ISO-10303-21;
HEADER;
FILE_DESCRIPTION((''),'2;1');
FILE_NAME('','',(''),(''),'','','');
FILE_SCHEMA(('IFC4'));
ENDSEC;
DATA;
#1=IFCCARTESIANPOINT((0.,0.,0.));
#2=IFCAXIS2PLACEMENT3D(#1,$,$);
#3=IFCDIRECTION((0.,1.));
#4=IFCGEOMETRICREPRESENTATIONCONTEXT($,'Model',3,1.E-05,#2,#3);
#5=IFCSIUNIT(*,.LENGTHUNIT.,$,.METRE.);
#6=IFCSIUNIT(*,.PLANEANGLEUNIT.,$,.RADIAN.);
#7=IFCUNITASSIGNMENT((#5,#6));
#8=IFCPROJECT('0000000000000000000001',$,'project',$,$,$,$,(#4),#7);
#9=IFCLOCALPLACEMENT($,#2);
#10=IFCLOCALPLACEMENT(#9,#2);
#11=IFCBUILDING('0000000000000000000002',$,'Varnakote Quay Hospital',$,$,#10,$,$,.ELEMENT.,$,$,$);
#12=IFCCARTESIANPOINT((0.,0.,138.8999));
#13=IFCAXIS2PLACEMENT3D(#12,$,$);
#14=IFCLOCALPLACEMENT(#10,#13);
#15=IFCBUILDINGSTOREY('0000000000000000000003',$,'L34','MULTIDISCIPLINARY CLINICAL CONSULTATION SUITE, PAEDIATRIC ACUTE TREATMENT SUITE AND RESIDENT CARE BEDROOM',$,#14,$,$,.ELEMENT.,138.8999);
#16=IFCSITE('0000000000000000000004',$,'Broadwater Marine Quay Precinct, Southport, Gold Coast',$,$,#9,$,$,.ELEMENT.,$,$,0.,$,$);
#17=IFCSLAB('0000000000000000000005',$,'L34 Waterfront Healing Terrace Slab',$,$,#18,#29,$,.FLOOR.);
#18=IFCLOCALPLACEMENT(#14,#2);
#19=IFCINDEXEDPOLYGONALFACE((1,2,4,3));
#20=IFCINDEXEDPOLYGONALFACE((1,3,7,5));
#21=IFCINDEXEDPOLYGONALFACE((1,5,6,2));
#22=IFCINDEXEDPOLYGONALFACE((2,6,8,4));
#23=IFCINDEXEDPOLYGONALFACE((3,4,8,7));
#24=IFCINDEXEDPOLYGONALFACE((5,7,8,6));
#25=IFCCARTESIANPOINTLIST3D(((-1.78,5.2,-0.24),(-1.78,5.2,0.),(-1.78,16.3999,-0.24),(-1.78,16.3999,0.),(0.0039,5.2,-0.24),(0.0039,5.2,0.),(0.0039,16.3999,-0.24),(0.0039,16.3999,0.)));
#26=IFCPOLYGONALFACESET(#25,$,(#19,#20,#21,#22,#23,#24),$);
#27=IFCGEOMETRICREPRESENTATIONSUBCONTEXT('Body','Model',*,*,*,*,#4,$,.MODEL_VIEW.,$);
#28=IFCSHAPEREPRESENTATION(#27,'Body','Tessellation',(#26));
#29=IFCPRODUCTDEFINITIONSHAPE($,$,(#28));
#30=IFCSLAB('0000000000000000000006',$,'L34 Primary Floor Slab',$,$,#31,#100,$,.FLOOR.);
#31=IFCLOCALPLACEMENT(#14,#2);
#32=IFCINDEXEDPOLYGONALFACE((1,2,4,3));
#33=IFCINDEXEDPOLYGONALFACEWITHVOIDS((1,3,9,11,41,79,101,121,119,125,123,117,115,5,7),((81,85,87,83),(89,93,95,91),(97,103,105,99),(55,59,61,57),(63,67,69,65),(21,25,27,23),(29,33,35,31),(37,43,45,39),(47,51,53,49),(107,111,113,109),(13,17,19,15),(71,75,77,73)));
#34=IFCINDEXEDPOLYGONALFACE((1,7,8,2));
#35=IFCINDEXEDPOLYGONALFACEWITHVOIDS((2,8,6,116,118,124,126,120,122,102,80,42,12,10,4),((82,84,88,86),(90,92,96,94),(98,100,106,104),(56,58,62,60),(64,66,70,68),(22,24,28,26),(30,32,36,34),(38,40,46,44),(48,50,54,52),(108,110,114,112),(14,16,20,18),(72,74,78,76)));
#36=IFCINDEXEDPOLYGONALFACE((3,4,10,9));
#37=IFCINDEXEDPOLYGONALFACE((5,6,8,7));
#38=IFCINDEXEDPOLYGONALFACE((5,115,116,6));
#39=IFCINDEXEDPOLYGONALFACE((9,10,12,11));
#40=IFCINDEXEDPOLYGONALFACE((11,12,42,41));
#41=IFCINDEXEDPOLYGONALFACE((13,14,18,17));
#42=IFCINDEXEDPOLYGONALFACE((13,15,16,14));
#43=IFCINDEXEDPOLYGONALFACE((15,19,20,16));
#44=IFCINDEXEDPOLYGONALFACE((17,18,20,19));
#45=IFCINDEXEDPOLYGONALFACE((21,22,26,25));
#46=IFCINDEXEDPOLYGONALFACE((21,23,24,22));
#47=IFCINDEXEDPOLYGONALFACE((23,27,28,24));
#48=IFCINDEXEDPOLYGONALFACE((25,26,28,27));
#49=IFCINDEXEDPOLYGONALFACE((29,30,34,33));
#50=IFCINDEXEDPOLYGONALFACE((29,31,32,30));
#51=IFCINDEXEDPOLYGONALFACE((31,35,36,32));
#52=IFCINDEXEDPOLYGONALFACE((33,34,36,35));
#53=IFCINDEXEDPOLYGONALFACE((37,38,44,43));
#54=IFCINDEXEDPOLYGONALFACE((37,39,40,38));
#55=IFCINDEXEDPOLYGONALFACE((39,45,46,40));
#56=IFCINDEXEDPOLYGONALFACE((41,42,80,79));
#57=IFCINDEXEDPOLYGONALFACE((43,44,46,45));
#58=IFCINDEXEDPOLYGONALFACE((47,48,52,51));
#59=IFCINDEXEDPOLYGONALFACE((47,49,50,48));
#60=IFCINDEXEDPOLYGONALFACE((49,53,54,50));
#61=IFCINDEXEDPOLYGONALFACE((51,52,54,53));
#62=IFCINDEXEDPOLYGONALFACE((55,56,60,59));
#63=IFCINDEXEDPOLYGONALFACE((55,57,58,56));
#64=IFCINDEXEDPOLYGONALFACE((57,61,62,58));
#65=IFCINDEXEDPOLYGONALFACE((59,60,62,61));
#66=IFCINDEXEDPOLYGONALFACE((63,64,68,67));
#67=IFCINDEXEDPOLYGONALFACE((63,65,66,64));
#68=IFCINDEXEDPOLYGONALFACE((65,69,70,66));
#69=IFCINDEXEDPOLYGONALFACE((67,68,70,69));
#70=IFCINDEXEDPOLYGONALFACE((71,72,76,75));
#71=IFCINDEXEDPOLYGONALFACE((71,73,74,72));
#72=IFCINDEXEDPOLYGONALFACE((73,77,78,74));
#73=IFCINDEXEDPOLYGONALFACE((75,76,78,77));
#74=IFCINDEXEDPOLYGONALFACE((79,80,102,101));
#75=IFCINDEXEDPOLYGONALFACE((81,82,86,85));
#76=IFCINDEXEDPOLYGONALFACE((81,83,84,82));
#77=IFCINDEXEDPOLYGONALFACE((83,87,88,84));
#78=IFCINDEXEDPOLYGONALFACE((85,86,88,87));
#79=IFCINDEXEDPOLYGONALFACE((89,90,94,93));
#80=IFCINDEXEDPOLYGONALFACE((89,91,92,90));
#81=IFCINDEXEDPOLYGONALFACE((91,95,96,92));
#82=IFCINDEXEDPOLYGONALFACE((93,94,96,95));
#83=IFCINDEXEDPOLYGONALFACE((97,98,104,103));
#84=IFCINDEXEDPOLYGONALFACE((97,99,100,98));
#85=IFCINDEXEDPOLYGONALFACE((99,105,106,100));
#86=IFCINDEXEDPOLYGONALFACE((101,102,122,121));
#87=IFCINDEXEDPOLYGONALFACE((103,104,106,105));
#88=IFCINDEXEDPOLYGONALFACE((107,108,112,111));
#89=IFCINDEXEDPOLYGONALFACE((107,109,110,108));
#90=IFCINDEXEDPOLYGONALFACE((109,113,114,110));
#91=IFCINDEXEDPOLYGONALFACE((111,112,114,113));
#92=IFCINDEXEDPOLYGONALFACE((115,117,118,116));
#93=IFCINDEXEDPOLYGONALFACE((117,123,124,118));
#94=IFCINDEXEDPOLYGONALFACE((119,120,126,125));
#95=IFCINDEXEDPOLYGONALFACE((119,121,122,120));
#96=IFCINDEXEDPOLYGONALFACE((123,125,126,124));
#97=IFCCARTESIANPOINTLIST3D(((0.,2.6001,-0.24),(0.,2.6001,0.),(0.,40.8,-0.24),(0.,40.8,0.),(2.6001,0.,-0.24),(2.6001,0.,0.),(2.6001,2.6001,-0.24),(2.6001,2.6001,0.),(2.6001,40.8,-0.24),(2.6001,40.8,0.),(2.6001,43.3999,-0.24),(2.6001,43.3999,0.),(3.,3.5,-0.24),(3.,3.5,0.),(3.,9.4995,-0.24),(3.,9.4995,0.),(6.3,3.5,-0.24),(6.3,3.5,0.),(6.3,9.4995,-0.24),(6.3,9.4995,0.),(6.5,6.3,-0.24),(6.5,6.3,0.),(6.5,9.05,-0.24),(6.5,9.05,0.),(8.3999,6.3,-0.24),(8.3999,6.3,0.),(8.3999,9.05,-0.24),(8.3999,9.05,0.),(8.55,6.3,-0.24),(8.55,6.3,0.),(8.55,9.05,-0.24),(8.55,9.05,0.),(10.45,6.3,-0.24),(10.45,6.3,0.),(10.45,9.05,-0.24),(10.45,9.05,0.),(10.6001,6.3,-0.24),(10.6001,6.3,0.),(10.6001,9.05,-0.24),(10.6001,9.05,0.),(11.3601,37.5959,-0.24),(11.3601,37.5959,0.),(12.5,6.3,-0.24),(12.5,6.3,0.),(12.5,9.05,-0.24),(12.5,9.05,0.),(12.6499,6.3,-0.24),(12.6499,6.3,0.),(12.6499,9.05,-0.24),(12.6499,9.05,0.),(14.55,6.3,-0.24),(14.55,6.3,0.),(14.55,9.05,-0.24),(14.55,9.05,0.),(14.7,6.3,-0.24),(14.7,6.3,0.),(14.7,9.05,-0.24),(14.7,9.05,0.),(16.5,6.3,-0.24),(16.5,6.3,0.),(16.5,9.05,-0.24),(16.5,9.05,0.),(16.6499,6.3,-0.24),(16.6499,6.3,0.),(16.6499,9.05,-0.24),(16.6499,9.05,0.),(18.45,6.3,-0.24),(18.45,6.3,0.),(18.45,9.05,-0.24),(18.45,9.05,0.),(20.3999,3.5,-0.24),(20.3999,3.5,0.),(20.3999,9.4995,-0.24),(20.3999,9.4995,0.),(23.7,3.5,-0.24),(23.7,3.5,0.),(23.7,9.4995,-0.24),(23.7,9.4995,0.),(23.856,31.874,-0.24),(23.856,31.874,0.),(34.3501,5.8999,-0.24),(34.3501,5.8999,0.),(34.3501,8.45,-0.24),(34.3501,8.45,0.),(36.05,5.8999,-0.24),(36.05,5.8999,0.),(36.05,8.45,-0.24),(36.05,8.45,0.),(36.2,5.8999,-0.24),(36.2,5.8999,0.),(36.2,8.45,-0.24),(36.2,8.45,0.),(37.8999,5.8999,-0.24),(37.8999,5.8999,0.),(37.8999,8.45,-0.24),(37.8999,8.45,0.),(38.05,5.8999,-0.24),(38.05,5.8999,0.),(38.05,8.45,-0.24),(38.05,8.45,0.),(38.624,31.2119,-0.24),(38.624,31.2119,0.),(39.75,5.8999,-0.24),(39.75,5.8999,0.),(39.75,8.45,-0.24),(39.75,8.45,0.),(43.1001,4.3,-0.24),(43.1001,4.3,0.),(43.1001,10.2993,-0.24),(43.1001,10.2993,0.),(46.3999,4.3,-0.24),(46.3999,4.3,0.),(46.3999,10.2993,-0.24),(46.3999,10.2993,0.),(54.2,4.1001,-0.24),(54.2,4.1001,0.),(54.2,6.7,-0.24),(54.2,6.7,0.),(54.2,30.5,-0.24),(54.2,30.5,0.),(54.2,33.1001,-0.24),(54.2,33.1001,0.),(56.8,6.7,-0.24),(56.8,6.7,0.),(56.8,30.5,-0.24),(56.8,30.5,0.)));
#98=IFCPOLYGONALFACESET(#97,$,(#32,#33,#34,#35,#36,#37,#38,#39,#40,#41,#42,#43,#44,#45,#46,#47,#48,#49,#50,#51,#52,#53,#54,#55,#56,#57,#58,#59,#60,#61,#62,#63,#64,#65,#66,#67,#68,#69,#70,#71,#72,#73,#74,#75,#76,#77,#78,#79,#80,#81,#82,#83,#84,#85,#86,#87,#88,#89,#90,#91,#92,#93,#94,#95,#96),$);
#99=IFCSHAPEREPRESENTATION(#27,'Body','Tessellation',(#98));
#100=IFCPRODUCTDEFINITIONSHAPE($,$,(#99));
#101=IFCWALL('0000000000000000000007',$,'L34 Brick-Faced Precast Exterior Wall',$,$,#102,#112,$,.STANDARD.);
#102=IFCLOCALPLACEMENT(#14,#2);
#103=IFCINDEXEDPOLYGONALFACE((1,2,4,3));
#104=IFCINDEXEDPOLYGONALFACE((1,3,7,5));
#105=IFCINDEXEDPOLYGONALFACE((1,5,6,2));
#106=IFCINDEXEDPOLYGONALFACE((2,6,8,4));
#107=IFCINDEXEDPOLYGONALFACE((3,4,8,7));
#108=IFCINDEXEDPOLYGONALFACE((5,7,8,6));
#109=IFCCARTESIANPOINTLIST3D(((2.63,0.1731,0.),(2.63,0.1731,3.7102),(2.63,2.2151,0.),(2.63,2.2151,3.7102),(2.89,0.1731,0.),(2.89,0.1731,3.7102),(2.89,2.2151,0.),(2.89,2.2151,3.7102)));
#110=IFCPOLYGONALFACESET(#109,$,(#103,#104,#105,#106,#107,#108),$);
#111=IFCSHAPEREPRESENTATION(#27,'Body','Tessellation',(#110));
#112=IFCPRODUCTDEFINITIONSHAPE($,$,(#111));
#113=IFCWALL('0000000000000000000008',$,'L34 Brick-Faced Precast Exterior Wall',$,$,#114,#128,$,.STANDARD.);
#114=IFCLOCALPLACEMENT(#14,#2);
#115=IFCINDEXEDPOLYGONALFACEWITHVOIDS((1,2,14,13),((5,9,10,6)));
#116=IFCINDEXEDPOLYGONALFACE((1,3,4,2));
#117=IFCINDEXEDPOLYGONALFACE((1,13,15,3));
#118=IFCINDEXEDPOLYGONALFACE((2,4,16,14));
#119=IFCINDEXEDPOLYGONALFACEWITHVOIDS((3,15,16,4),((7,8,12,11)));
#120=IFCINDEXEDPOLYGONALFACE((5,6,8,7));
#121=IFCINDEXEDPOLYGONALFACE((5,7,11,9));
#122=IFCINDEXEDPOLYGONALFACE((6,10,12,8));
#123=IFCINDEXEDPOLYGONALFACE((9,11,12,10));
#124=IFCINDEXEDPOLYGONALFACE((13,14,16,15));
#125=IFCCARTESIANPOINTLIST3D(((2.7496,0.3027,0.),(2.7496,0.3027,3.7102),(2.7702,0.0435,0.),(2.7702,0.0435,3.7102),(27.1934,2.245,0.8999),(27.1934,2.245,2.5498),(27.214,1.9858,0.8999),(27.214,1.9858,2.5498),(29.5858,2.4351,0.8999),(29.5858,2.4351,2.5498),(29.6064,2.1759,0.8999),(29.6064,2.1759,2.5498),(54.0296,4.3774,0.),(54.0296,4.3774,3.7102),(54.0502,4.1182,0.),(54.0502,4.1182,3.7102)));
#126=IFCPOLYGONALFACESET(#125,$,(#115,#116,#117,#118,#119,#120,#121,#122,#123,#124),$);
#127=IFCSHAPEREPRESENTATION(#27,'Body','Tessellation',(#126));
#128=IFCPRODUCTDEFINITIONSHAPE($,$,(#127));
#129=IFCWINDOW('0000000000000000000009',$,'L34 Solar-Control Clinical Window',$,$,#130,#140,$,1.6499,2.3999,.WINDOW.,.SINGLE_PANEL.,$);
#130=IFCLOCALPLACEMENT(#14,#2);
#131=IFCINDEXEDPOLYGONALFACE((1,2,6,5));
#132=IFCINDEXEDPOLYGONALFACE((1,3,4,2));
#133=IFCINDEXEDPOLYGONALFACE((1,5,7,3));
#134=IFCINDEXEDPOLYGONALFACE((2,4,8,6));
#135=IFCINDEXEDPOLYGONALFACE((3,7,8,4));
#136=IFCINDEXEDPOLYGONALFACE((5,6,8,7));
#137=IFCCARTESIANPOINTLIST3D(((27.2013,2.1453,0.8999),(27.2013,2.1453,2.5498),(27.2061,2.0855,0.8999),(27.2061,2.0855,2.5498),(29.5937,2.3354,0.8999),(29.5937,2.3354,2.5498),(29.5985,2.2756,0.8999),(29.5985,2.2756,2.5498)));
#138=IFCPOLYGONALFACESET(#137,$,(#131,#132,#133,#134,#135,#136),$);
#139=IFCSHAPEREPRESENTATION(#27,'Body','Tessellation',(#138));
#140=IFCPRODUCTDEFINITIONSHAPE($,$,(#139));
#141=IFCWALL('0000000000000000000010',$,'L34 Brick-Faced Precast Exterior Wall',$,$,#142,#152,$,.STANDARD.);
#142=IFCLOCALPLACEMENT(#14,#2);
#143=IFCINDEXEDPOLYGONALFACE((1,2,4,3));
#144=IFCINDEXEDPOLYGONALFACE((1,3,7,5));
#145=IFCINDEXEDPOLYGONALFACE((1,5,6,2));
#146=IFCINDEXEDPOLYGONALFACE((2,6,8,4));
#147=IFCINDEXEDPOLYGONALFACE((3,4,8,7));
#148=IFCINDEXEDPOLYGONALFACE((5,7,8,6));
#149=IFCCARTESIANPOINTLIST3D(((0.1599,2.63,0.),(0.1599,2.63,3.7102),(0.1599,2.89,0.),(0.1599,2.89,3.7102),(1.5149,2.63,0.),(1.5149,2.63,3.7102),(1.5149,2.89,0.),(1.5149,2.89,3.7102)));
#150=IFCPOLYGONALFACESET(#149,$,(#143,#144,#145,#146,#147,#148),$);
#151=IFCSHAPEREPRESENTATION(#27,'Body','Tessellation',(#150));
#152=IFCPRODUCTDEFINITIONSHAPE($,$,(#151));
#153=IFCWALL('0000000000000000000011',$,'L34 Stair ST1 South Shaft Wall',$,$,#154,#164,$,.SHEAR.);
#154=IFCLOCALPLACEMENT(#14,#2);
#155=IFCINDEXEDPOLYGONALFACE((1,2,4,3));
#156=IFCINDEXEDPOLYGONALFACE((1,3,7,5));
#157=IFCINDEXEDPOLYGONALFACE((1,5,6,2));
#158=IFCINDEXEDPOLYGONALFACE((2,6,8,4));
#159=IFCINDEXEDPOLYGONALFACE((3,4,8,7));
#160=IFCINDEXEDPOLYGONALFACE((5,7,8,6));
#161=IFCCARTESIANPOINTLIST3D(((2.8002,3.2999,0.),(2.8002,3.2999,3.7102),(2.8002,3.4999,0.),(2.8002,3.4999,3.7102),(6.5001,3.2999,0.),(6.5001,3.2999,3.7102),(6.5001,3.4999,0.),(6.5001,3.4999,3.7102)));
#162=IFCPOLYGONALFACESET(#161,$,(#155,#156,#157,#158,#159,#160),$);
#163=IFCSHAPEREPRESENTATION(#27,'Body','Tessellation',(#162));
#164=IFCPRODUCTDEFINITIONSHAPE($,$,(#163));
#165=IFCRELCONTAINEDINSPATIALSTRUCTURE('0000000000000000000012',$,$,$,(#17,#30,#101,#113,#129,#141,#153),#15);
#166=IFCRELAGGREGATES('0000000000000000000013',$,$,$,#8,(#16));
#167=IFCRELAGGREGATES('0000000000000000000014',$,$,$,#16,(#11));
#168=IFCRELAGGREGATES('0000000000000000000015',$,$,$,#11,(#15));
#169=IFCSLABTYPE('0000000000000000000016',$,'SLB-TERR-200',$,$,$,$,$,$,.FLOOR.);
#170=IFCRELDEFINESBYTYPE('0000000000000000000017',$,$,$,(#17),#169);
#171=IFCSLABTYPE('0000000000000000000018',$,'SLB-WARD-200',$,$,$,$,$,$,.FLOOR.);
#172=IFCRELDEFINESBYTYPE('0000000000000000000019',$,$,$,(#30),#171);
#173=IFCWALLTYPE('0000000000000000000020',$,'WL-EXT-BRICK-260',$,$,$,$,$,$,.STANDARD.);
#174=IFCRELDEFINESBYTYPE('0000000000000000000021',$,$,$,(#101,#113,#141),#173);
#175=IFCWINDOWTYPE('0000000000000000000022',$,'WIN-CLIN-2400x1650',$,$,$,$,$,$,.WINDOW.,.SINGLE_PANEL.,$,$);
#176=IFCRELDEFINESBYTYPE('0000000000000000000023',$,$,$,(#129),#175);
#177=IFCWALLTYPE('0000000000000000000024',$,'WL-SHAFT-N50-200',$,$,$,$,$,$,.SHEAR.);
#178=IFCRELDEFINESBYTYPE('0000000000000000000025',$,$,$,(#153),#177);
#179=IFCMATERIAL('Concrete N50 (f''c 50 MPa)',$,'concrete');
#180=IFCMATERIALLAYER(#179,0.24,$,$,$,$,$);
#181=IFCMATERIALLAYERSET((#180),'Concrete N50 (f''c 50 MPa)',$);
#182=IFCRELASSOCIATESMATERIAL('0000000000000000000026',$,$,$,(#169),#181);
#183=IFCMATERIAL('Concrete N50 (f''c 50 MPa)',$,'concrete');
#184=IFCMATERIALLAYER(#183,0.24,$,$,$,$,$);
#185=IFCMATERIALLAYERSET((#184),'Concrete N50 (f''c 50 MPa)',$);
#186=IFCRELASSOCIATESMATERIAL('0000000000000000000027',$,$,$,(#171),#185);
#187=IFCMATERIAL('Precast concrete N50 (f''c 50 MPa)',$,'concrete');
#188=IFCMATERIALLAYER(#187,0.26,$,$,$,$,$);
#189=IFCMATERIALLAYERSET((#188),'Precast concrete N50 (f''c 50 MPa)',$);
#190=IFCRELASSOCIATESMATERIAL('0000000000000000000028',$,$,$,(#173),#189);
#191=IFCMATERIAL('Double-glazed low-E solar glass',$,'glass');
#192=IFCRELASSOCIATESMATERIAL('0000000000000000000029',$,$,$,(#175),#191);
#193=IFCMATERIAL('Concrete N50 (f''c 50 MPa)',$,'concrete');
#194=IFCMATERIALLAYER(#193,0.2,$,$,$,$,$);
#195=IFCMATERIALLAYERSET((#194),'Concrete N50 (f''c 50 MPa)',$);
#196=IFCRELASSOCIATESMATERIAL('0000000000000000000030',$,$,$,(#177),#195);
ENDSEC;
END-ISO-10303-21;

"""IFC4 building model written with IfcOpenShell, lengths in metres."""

from ifc_helpers import new_model, si_unit, direction, frame, frame_2d, origin, place, context, subcontext, project, spatial, polyline, rectangle, outline, extrude, material, layer, layer_set, type_object, element, fill, save


model = new_model("IFC4")

# Units and contexts
model_context = context("Model", 3, precision=1e-05, world=origin(), true_north=direction((0.0, 1.0)))
body_context = subcontext(model_context, "Body", "Model", "MODEL_VIEW")
ifc_project = project(units=[si_unit("LENGTHUNIT", "METRE"), si_unit("PLANEANGLEUNIT", "RADIAN")], contexts=[model_context])

# Site, building, storey
site_placement = place(None, origin())
site = spatial("IfcSite", under=ifc_project, at=site_placement, Name="Broadwater Marine Quay Precinct, Southport, Gold Coast", CompositionType="ELEMENT", RefElevation=0.0)
building_placement = place(site_placement, origin())
building = spatial("IfcBuilding", under=site, at=building_placement, Name="Varnakote Quay Hospital", CompositionType="ELEMENT")
storey_placement = place(building_placement, frame((0.0, 0.0, 138.8999)))
storey = spatial("IfcBuildingStorey", under=building, at=storey_placement, Name="L34", Description="MULTIDISCIPLINARY CLINICAL CONSULTATION SUITE, PAEDIATRIC ACUTE TREATMENT SUITE AND RESIDENT CARE BEDROOM", CompositionType="ELEMENT", Elevation=138.8999)

# Slabs
ifc_material_1 = material(Name="Concrete N50 (f'c 50 MPa)", Category="concrete")
ifc_layer_1 = layer(ifc_material_1, 0.24)
ifc_layer_set_1 = layer_set([ifc_layer_1], Name="Concrete N50 (f'c 50 MPa)")
slab_type_1 = type_object("IfcSlabType", Name="SLB-TERR-200", PredefinedType="FLOOR", material=ifc_layer_set_1)
slab_1_placement = place(storey_placement, frame((0.0, 0.0, -0.24)))
element("IfcSlab", 1, at=slab_1_placement, inside=storey, type_object=slab_type_1, Name="L34 Waterfront Healing Terrace Slab", PredefinedType="FLOOR", context=body_context, shape_type="SweptSolid", body=[
    extrude(outline(polyline([(0.0039, 5.2), (0.0039, 16.3999), (-1.78, 16.3999), (-1.78, 5.2), (0.0039, 5.2)])), origin(), (0.0, 0.0, 1.0), 0.24),
])
ifc_material_2 = material(Name="Concrete N50 (f'c 50 MPa)", Category="concrete")
ifc_layer_2 = layer(ifc_material_2, 0.24)
ifc_layer_set_2 = layer_set([ifc_layer_2], Name="Concrete N50 (f'c 50 MPa)")
slab_type_2 = type_object("IfcSlabType", Name="SLB-WARD-200", PredefinedType="FLOOR", material=ifc_layer_set_2)
slab_2_placement = place(storey_placement, frame((0.0, 0.0, -0.24)))
element("IfcSlab", 2, at=slab_2_placement, inside=storey, type_object=slab_type_2, Name="L34 Primary Floor Slab", PredefinedType="FLOOR", context=body_context, shape_type="SweptSolid", body=[
    extrude(outline(polyline([(0.0, 2.6001), (2.6001, 2.6001), (2.6001, 0.0), (54.2, 4.1001), (54.2, 6.7), (56.8, 6.7), (56.8, 30.5), (54.2, 30.5), (54.2, 33.1001), (38.624, 31.2119), (23.856, 31.874), (11.3601, 37.5959), (2.6001, 43.3999), (2.6001, 40.8), (0.0, 40.8), (0.0, 2.6001)]), holes=[polyline([(3.0, 3.5), (6.3, 3.5), (6.3, 9.4995), (3.0, 9.4995), (3.0, 3.5)]), polyline([(20.3999, 3.5), (23.7, 3.5), (23.7, 9.4995), (20.3999, 9.4995), (20.3999, 3.5)]), polyline([(43.1001, 4.3), (46.3999, 4.3), (46.3999, 10.2993), (43.1001, 10.2993), (43.1001, 4.3)]), polyline([(6.5, 6.3), (8.3999, 6.3), (8.3999, 9.05), (6.5, 9.05), (6.5, 6.3)]), polyline([(8.55, 6.3), (10.45, 6.3), (10.45, 9.05), (8.55, 9.05), (8.55, 6.3)]), polyline([(10.6001, 6.3), (12.5, 6.3), (12.5, 9.05), (10.6001, 9.05), (10.6001, 6.3)]), polyline([(12.6499, 6.3), (14.55, 6.3), (14.55, 9.05), (12.6499, 9.05), (12.6499, 6.3)]), polyline([(14.7, 6.3), (16.5, 6.3), (16.5, 9.05), (14.7, 9.05), (14.7, 6.3)]), polyline([(16.6499, 6.3), (18.45, 6.3), (18.45, 9.05), (16.6499, 9.05), (16.6499, 6.3)]), polyline([(34.3501, 5.8999), (36.05, 5.8999), (36.05, 8.45), (34.3501, 8.45), (34.3501, 5.8999)]), polyline([(36.2, 5.8999), (37.8999, 5.8999), (37.8999, 8.45), (36.2, 8.45), (36.2, 5.8999)]), polyline([(38.05, 5.8999), (39.75, 5.8999), (39.75, 8.45), (38.05, 8.45), (38.05, 5.8999)])]), origin(), (0.0, 0.0, 1.0), 0.24),
])

# Wall
ifc_material_3 = material(Name="Precast concrete N50 (f'c 50 MPa)", Category="concrete")
ifc_layer_3 = layer(ifc_material_3, 0.26)
ifc_layer_set_3 = layer_set([ifc_layer_3], Name="Precast concrete N50 (f'c 50 MPa)")
wall_type_1 = type_object("IfcWallType", Name="WL-EXT-BRICK-260", PredefinedType="STANDARD", material=ifc_layer_set_3)
wall_1_placement = place(storey_placement, frame((2.76, 2.2151, 0.0), z_axis=(0.0, 0.0, 1.0), x_axis=(0.0, -1.0, 0.0)))
element("IfcWall", 3, at=wall_1_placement, inside=storey, type_object=wall_type_1, Name="L34 Brick-Faced Precast Exterior Wall", PredefinedType="STANDARD", context=body_context, shape_type="SweptSolid", body=[
    extrude(rectangle(XDim=2.042, YDim=0.26, at=frame_2d((1.021, 0.0))), origin(), (0.0, 0.0, 1.0), 3.7102),
])

# Wall, opening, window
wall_2_placement = place(storey_placement, frame((2.76, 0.1731, 0.0), z_axis=(0.0, 0.0, 1.0), x_axis=(0.996858, 0.07921, 0.0)))
wall_2 = element("IfcWall", 4, at=wall_2_placement, inside=storey, type_object=wall_type_1, Name="L34 Brick-Faced Precast Exterior Wall", PredefinedType="STANDARD", context=body_context, shape_type="SweptSolid", body=[
    extrude(rectangle(XDim=51.4417, YDim=0.26, at=frame_2d((25.7207, 0.0))), origin(), (0.0, 0.0, 1.0), 3.7102),
])
opening_1_placement = place(wall_2_placement, frame((24.5208, 0.0, 0.8999)))
opening_1 = element("IfcOpeningElement", 5, at=opening_1_placement, cuts=wall_2, PredefinedType="OPENING", context=body_context, shape_type="SweptSolid", body=[
    extrude(rectangle(XDim=2.3999, YDim=1.6499, at=frame_2d((1.2, 0.825))), frame((0.0, 0.1399, 0.0), z_axis=(0.0, -1.0, 0.0), x_axis=(1.0, 0.0, 0.0)), (0.0, 0.0, 1.0), 0.28),
])
ifc_material_4 = material(Name="Double-glazed low-E solar glass", Category="glass")
window_type = type_object("IfcWindowType", Name="WIN-CLIN-2400x1650", PartitioningType="SINGLE_PANEL", PredefinedType="WINDOW", material=ifc_material_4)
window_placement = place(opening_1_placement, origin())
window = element("IfcWindow", 6, at=window_placement, inside=storey, type_object=window_type, Name="L34 Solar-Control Clinical Window", OverallHeight=1.6499, OverallWidth=2.3999, PartitioningType="SINGLE_PANEL", PredefinedType="WINDOW", context=body_context, shape_type="SweptSolid", body=[
    extrude(rectangle(XDim=2.3999, YDim=1.6499, at=frame_2d((1.2, 0.825))), frame((0.0, 0.03, 0.0), z_axis=(0.0, -1.0, 0.0), x_axis=(1.0, 0.0, 0.0)), (0.0, 0.0, 1.0), 0.0601),
])
fill(opening_1, window)

# Walls
wall_3_placement = place(storey_placement, frame((0.1599, 2.76, 0.0), z_axis=(0.0, 0.0, 1.0), x_axis=(1.0, 0.0, 0.0)))
element("IfcWall", 7, at=wall_3_placement, inside=storey, type_object=wall_type_1, Name="L34 Brick-Faced Precast Exterior Wall", PredefinedType="STANDARD", context=body_context, shape_type="SweptSolid", body=[
    extrude(rectangle(XDim=1.355, YDim=0.26, at=frame_2d((0.6775, 0.0))), origin(), (0.0, 0.0, 1.0), 3.7102),
])
ifc_material_5 = material(Name="Concrete N50 (f'c 50 MPa)", Category="concrete")
ifc_layer_4 = layer(ifc_material_5, 0.2)
ifc_layer_set_4 = layer_set([ifc_layer_4], Name="Concrete N50 (f'c 50 MPa)")
wall_type_2 = type_object("IfcWallType", Name="WL-SHAFT-N50-200", PredefinedType="SHEAR", material=ifc_layer_set_4)
wall_4_placement = place(storey_placement, frame((2.8, 3.3999, 0.0), z_axis=(0.0, 0.0, 1.0), x_axis=(1.0, 0.0, 0.0)))
element("IfcWall", 8, at=wall_4_placement, inside=storey, type_object=wall_type_2, Name="L34 Stair ST1 South Shaft Wall", PredefinedType="SHEAR", context=body_context, shape_type="SweptSolid", body=[
    extrude(rectangle(XDim=3.7, YDim=0.2, at=frame_2d((1.8501, 0.0))), origin(), (0.0, 0.0, 1.0), 3.7102),
])

save(model, "model.ifc")
